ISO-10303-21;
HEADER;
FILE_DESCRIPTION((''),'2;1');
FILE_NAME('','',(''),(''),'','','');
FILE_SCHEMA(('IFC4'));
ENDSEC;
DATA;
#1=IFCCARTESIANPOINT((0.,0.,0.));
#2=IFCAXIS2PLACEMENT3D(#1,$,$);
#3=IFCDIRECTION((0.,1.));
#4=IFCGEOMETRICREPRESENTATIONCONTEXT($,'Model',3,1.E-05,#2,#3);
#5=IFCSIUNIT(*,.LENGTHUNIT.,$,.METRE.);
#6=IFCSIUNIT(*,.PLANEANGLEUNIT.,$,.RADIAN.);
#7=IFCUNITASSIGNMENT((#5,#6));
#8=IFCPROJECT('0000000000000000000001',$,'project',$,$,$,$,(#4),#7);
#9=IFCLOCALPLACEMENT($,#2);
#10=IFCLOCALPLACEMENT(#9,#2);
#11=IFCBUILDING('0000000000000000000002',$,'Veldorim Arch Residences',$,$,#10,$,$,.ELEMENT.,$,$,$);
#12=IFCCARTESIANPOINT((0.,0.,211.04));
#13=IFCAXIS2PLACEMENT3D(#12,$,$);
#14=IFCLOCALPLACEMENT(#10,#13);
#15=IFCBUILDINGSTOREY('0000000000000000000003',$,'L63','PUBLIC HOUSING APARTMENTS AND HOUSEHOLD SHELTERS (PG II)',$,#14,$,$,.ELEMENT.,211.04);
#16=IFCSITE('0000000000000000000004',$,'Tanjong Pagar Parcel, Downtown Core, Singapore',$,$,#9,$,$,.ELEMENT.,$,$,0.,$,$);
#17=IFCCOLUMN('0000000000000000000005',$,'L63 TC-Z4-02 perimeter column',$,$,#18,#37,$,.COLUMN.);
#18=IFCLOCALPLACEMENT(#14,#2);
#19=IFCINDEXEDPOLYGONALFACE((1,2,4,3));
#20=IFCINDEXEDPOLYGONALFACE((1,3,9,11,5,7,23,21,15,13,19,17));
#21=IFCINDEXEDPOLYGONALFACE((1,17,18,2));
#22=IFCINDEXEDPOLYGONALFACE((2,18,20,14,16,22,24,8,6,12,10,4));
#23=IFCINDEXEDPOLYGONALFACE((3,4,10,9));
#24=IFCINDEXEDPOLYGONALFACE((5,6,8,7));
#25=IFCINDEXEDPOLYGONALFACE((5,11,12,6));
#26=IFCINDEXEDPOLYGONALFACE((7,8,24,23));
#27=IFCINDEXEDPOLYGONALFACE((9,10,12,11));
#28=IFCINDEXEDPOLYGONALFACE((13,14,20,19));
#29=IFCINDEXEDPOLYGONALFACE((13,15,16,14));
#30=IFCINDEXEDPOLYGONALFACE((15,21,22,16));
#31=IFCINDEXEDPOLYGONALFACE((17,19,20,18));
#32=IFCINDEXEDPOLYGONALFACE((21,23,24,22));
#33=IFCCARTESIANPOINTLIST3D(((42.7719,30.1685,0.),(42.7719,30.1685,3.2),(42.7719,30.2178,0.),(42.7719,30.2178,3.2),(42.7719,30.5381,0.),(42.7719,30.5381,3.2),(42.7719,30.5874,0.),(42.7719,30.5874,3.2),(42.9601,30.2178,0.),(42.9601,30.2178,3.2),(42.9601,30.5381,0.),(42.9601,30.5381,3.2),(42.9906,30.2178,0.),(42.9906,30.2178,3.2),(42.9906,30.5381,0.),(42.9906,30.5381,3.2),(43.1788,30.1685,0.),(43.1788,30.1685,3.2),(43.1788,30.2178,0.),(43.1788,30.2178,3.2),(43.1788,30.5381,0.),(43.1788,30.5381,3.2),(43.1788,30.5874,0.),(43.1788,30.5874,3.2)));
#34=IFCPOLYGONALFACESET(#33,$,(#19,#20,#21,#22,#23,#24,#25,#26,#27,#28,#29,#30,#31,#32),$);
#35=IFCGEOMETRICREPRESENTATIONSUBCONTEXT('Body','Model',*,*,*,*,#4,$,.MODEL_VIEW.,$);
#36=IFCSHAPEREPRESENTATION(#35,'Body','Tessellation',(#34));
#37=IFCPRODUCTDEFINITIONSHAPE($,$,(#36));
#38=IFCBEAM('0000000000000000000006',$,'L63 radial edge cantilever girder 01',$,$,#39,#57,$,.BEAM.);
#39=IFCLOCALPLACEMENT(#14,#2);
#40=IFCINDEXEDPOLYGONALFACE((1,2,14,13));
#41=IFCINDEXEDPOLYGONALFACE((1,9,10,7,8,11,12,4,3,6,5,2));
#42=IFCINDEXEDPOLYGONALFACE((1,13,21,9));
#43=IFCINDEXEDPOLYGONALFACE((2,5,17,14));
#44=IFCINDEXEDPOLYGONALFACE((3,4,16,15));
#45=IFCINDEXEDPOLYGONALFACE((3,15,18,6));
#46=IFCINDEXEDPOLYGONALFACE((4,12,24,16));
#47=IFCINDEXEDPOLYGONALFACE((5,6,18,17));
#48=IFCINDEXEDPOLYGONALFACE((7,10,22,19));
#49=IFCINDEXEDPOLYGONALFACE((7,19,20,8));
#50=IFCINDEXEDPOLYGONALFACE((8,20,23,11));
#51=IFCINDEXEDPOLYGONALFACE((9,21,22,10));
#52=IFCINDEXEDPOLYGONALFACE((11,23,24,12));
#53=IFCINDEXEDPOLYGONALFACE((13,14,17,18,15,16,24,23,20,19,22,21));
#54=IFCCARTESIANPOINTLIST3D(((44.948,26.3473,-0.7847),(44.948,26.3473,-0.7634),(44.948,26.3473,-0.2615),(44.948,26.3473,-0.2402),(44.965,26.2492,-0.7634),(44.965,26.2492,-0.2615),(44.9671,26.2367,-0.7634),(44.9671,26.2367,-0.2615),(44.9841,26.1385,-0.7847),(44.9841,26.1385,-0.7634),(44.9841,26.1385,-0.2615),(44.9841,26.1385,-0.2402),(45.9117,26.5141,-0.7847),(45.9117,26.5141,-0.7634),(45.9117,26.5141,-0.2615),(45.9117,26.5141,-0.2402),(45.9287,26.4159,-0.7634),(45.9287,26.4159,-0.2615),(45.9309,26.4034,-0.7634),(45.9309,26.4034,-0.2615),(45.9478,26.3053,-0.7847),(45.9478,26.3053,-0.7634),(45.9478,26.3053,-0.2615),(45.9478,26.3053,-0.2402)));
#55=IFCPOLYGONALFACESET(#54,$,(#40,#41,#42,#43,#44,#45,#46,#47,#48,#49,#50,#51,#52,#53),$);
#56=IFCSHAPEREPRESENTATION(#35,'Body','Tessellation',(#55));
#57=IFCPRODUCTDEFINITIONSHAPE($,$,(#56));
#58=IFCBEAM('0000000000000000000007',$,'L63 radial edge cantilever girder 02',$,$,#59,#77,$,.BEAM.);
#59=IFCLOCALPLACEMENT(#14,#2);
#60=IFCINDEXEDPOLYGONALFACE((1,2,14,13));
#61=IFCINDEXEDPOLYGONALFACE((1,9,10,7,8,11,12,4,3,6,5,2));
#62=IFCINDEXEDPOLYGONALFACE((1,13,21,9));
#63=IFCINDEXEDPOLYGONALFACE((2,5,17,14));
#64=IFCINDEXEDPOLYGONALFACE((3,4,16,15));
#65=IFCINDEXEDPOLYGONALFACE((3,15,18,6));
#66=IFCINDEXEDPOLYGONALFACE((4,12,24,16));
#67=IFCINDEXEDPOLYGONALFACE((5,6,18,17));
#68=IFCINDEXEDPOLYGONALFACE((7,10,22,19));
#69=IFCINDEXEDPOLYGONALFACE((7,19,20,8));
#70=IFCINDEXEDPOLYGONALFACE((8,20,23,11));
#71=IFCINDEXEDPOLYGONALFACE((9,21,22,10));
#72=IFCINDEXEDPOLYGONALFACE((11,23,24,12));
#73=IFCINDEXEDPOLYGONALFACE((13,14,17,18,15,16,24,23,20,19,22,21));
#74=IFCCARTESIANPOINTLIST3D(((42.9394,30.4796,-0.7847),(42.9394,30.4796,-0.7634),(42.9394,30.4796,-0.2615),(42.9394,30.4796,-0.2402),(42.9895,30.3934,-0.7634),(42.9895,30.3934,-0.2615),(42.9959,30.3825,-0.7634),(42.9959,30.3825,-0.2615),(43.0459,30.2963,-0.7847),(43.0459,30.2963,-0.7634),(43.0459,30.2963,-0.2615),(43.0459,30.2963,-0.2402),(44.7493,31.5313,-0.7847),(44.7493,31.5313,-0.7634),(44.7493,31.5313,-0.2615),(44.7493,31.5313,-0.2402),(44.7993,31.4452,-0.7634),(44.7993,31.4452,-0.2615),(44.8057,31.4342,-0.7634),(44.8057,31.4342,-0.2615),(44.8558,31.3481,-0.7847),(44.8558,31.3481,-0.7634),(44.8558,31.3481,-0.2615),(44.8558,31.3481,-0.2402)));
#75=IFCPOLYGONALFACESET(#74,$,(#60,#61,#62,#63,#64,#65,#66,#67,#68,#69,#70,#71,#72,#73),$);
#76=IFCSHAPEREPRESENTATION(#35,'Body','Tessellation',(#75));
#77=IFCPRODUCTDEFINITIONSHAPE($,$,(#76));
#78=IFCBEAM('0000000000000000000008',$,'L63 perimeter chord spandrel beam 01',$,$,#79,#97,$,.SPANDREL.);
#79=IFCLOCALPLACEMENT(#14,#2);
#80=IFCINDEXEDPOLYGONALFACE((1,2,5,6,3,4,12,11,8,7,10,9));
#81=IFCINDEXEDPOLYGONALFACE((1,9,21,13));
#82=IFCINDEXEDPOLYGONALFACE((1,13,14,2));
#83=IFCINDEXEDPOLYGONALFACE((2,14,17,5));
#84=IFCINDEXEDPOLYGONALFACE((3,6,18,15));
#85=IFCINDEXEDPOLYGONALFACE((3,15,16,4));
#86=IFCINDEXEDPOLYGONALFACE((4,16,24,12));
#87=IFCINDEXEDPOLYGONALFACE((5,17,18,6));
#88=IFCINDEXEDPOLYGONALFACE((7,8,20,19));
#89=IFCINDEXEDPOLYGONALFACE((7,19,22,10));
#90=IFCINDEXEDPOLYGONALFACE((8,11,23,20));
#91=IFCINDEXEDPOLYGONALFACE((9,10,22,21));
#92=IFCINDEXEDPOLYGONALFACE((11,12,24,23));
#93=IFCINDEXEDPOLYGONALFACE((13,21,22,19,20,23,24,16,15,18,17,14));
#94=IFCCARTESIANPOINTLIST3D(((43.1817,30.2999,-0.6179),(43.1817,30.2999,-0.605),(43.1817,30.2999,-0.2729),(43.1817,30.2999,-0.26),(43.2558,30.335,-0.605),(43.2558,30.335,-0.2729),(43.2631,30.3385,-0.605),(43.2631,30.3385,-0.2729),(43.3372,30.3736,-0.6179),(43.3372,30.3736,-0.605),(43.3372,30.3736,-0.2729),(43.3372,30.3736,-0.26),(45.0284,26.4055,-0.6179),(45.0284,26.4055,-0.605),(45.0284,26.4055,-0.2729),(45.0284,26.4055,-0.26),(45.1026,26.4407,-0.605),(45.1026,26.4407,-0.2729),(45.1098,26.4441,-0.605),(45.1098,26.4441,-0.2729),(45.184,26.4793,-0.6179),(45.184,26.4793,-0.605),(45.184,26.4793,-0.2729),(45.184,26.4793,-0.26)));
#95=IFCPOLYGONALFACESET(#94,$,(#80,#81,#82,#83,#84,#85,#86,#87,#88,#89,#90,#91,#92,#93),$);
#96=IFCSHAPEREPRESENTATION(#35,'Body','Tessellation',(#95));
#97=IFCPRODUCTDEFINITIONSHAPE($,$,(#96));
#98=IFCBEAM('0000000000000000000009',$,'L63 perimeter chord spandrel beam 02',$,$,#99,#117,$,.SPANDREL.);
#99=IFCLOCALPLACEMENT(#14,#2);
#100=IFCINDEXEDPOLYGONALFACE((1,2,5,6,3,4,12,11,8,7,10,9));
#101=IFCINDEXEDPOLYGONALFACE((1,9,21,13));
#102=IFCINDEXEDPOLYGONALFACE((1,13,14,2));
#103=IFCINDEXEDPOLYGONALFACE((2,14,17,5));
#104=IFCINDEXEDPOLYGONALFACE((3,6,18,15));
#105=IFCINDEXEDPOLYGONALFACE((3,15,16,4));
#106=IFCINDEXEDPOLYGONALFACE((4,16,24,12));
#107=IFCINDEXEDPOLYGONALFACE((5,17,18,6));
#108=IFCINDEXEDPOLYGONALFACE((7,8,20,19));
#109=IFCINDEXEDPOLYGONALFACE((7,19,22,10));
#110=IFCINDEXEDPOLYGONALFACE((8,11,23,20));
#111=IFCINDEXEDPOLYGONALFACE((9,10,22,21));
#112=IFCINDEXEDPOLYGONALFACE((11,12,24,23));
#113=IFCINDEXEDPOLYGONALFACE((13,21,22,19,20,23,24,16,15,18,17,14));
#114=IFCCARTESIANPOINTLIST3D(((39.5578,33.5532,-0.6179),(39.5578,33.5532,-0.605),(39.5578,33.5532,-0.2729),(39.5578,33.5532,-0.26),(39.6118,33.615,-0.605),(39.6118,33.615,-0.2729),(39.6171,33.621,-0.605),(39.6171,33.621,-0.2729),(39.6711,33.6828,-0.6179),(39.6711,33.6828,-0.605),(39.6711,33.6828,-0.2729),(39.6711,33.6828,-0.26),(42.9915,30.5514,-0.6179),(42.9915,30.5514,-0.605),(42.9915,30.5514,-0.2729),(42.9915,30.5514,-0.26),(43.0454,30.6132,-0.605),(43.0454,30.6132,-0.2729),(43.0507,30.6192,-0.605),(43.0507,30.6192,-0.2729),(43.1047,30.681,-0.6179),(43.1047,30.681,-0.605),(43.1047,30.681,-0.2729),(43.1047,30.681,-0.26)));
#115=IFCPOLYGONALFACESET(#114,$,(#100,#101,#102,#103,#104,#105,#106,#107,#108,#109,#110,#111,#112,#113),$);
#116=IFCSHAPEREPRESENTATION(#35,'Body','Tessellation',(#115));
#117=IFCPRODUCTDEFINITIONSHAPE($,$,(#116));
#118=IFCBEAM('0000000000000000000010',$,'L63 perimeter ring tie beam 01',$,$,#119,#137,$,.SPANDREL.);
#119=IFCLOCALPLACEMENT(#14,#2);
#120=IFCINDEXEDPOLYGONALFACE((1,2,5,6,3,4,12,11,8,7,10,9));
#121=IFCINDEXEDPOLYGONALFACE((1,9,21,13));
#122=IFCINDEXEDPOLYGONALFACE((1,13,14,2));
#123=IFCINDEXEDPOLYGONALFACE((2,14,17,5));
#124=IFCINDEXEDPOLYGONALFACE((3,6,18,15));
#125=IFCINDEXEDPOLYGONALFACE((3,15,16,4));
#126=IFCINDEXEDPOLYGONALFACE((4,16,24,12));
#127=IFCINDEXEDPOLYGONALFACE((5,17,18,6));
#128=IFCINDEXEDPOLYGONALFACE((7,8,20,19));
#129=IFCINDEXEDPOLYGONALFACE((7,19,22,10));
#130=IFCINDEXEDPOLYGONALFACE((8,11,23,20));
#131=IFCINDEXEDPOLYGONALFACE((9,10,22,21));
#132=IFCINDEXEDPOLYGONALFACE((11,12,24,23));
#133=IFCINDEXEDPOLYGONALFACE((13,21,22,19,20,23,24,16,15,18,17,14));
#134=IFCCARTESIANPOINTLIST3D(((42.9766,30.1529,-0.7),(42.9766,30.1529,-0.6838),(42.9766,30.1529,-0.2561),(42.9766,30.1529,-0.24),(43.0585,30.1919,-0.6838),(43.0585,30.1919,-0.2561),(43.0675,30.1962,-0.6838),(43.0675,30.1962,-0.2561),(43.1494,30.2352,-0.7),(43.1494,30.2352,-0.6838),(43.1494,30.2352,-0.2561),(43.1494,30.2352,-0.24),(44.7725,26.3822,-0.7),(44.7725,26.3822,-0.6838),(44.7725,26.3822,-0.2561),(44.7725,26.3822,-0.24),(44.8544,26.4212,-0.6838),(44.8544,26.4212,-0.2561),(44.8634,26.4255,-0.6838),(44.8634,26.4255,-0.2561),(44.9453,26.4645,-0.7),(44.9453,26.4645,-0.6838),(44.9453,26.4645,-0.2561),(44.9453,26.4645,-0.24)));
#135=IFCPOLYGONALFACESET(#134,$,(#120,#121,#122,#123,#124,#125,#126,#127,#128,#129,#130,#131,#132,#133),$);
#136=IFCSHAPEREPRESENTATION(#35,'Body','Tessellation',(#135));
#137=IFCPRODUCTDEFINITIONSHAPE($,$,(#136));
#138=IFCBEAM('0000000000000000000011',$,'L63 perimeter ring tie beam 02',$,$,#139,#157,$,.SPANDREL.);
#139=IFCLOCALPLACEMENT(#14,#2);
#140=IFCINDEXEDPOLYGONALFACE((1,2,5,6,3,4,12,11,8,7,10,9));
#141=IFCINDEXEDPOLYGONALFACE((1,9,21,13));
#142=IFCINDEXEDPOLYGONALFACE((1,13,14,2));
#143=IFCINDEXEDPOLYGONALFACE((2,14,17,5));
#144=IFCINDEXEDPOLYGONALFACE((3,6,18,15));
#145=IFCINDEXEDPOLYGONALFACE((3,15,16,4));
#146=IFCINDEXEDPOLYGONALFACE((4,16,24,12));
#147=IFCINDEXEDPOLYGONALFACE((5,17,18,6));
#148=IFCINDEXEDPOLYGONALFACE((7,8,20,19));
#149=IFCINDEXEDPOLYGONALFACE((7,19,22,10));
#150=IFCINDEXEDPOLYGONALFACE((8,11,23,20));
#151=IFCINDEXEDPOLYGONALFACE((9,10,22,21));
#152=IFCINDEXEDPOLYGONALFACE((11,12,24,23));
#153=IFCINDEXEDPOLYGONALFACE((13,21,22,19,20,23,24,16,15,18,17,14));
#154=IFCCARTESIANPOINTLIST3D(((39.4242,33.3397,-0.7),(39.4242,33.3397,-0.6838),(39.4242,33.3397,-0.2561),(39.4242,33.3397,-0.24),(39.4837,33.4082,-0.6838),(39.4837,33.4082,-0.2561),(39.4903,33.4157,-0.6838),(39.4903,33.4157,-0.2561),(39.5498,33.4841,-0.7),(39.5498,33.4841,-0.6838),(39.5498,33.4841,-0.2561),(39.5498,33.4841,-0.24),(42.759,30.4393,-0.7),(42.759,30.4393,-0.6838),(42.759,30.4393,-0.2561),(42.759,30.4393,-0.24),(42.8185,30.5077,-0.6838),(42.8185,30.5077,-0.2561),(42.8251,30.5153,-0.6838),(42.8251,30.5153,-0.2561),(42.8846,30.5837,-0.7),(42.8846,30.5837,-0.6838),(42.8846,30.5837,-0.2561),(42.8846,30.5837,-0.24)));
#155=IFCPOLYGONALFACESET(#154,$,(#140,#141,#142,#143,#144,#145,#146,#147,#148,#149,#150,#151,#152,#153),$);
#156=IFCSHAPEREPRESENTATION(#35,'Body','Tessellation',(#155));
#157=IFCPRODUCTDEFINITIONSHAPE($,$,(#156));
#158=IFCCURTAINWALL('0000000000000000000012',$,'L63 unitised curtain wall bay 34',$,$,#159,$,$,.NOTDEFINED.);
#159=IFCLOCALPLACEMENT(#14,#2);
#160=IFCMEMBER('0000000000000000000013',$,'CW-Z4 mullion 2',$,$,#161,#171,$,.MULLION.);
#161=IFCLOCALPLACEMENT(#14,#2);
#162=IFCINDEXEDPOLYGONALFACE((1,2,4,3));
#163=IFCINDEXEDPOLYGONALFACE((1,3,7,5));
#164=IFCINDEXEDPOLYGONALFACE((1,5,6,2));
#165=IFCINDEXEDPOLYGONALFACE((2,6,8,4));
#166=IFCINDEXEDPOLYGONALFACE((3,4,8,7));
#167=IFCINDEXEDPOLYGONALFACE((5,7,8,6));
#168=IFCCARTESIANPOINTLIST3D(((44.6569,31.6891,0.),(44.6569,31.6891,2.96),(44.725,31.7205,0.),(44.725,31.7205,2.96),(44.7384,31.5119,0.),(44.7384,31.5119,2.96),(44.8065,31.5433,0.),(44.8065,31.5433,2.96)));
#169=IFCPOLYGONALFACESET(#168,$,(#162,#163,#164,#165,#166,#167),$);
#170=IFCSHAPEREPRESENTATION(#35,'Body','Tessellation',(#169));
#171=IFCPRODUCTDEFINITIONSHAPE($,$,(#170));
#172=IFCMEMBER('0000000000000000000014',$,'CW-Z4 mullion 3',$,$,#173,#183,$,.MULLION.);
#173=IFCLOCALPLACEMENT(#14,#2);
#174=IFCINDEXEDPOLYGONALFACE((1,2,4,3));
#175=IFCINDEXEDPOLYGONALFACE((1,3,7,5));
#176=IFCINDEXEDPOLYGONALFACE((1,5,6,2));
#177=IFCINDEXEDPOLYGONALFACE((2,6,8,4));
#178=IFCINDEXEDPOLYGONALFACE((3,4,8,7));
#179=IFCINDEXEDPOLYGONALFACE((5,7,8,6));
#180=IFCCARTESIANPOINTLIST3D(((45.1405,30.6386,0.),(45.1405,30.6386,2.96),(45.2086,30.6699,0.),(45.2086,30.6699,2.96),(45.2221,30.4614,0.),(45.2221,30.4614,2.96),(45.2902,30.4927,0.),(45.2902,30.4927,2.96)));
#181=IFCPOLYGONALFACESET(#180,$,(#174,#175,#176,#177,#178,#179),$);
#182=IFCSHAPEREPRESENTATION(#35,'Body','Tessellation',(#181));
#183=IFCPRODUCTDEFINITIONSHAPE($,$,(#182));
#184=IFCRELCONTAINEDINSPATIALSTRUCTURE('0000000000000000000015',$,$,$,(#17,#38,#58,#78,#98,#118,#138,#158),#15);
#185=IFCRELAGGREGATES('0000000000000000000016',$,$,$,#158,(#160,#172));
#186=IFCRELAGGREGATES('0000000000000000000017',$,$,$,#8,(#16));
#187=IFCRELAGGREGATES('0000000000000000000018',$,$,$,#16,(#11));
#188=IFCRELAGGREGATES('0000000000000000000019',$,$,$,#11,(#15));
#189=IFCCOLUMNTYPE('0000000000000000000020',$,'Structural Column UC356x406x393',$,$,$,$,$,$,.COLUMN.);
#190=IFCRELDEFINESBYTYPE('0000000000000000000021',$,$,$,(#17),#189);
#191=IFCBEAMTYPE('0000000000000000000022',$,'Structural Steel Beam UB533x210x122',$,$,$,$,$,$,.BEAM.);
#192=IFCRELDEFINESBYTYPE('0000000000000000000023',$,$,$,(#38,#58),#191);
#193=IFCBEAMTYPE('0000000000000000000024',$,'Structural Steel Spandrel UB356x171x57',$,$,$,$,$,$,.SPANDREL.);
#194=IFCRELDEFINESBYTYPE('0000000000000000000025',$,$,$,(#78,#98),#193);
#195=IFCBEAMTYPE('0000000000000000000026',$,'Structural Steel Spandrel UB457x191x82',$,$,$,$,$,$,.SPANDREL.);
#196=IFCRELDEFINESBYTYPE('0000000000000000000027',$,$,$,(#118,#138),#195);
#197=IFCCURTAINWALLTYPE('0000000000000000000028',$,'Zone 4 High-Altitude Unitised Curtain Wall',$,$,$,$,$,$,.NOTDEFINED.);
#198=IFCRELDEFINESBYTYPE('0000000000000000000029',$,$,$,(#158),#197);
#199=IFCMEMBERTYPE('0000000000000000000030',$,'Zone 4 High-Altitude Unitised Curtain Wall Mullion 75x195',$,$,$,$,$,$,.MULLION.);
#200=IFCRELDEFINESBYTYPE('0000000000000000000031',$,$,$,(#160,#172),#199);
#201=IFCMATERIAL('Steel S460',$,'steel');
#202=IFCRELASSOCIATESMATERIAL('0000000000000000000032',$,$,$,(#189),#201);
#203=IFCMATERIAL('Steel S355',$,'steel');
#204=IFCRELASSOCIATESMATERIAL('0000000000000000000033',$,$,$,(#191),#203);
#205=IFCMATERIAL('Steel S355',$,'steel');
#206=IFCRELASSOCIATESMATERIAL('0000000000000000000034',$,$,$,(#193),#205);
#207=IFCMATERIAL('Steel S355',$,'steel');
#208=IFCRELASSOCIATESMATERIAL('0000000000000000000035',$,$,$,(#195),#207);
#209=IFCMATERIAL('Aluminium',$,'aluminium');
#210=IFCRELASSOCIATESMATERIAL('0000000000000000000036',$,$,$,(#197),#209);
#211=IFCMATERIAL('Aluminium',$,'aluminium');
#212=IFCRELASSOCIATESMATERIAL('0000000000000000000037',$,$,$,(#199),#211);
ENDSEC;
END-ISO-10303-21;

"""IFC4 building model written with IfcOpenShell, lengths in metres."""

from ifc_helpers import new_model, si_unit, direction, frame, origin, origin_2d, place, context, subcontext, project, spatial, rectangle, i_section, extrude, material, material_profile, profile_set, type_object, element, aggregate, save


model = new_model("IFC4")

# Units and contexts
model_context = context("Model", 3, precision=1e-05, world=origin(), true_north=direction((0.0, 1.0)))
body_context = subcontext(model_context, "Body", "Model", "MODEL_VIEW")
ifc_project = project(units=[si_unit("LENGTHUNIT", "METRE"), si_unit("PLANEANGLEUNIT", "RADIAN")], contexts=[model_context])

# Site, building, storey
site_placement = place(None, origin())
site = spatial("IfcSite", under=ifc_project, at=site_placement, Name="Tanjong Pagar Parcel, Downtown Core, Singapore", CompositionType="ELEMENT", RefElevation=0.0)
building_placement = place(site_placement, origin())
building = spatial("IfcBuilding", under=site, at=building_placement, Name="Veldorim Arch Residences", CompositionType="ELEMENT")
storey_placement = place(building_placement, frame((0.0, 0.0, 211.04)))
storey = spatial("IfcBuildingStorey", under=building, at=storey_placement, Name="L63", Description="PUBLIC HOUSING APARTMENTS AND HOUSEHOLD SHELTERS (PG II)", CompositionType="ELEMENT", Elevation=211.04)

# Column
ifc_material_1 = material(Name="Steel S460", Category="steel")
ifc_material_profile_1 = material_profile(ifc_material_1, i_section(OverallWidth=0.407, OverallDepth=0.4189, WebThickness=0.0305, FlangeThickness=0.0493, at=origin_2d()), Name="UC356x406x393")
ifc_profile_set_1 = profile_set([ifc_material_profile_1], Name="Steel S460")
column_type = type_object("IfcColumnType", Name="Structural Column UC356x406x393", PredefinedType="COLUMN", material=ifc_profile_set_1)
column_placement = place(storey_placement, frame((42.9753, 30.3779, 0.0), z_axis=(0.0, 0.0, 1.0), x_axis=(1.0, 0.0, 0.0)))
element("IfcColumn", 1, at=column_placement, inside=storey, type_object=column_type, Name="L63 TC-Z4-02 perimeter column", PredefinedType="COLUMN", context=body_context, shape_type="SweptSolid", body=[
    extrude(i_section(OverallWidth=0.407, OverallDepth=0.4189, WebThickness=0.0305, FlangeThickness=0.0493, at=origin_2d()), origin(), (0.0, 0.0, 1.0), 3.2),
])

# Beams
ifc_material_2 = material(Name="Steel S355", Category="steel")
ifc_material_profile_2 = material_profile(ifc_material_2, i_section(OverallWidth=0.2119, OverallDepth=0.5444, WebThickness=0.0127, FlangeThickness=0.0212, at=origin_2d()), Name="UB533x210x122")
ifc_profile_set_2 = profile_set([ifc_material_profile_2], Name="Steel S355")
beam_type_1 = type_object("IfcBeamType", Name="Structural Steel Beam UB533x210x122", PredefinedType="BEAM", material=ifc_profile_set_2)
beam_1_placement = place(storey_placement, frame((44.9661, 26.2429, -0.5125), z_axis=(0.985356, 0.170509, 0.0), x_axis=(-0.170509, 0.985356, 0.0)))
element("IfcBeam", 2, at=beam_1_placement, inside=storey, type_object=beam_type_1, Name="L63 radial edge cantilever girder 01", PredefinedType="BEAM", context=body_context, shape_type="SweptSolid", body=[
    extrude(i_section(OverallWidth=0.2119, OverallDepth=0.5444, WebThickness=0.0127, FlangeThickness=0.0212, at=origin_2d()), origin(), (0.0, 0.0, 1.0), 0.978),
])
beam_2_placement = place(storey_placement, frame((42.9927, 30.3879, -0.5125), z_axis=(0.864603, 0.502456, 0.0), x_axis=(-0.502456, 0.864603, 0.0)))
element("IfcBeam", 3, at=beam_2_placement, inside=storey, type_object=beam_type_1, Name="L63 radial edge cantilever girder 02", PredefinedType="BEAM", context=body_context, shape_type="SweptSolid", body=[
    extrude(i_section(OverallWidth=0.2119, OverallDepth=0.5444, WebThickness=0.0127, FlangeThickness=0.0212, at=origin_2d()), origin(), (0.0, 0.0, 1.0), 2.0933),
])
ifc_material_3 = material(Name="Steel S355", Category="steel")
ifc_material_profile_3 = material_profile(ifc_material_3, i_section(OverallWidth=0.1721, OverallDepth=0.3579, WebThickness=0.0081, FlangeThickness=0.0129, at=origin_2d()), Name="UB356x171x57")
ifc_profile_set_3 = profile_set([ifc_material_profile_3], Name="Steel S355")
beam_type_2 = type_object("IfcBeamType", Name="Structural Steel Spandrel UB356x171x57", PredefinedType="SPANDREL", material=ifc_profile_set_3)
beam_3_placement = place(storey_placement, frame((45.1062, 26.4424, -0.439), z_axis=(-0.428469, 0.903557, 0.0), x_axis=(-0.903557, -0.428469, 0.0)))
element("IfcBeam", 4, at=beam_3_placement, inside=storey, type_object=beam_type_2, Name="L63 perimeter chord spandrel beam 01", PredefinedType="SPANDREL", context=body_context, shape_type="SweptSolid", body=[
    extrude(i_section(OverallWidth=0.1721, OverallDepth=0.3579, WebThickness=0.0081, FlangeThickness=0.0129, at=origin_2d()), origin(), (0.0, 0.0, 1.0), 4.3101),
])
beam_4_placement = place(storey_placement, frame((43.0481, 30.6162, -0.439), z_axis=(-0.752868, 0.658171, 0.0), x_axis=(-0.658171, -0.752868, 0.0)))
element("IfcBeam", 5, at=beam_4_placement, inside=storey, type_object=beam_type_2, Name="L63 perimeter chord spandrel beam 02", PredefinedType="SPANDREL", context=body_context, shape_type="SweptSolid", body=[
    extrude(i_section(OverallWidth=0.1721, OverallDepth=0.3579, WebThickness=0.0081, FlangeThickness=0.0129, at=origin_2d()), origin(), (0.0, 0.0, 1.0), 4.5608),
])
ifc_material_4 = material(Name="Steel S355", Category="steel")
ifc_material_profile_4 = material_profile(ifc_material_4, i_section(OverallWidth=0.1914, OverallDepth=0.46, WebThickness=0.01, FlangeThickness=0.0161, at=origin_2d()), Name="UB457x191x82")
ifc_profile_set_4 = profile_set([ifc_material_profile_4], Name="Steel S355")
beam_type_3 = type_object("IfcBeamType", Name="Structural Steel Spandrel UB457x191x82", PredefinedType="SPANDREL", material=ifc_profile_set_4)
beam_5_placement = place(storey_placement, frame((44.8589, 26.4233, -0.47), z_axis=(-0.429993, 0.902832, 0.0), x_axis=(-0.902832, -0.429993, 0.0)))
element("IfcBeam", 6, at=beam_5_placement, inside=storey, type_object=beam_type_3, Name="L63 perimeter ring tie beam 01", PredefinedType="SPANDREL", context=body_context, shape_type="SweptSolid", body=[
    extrude(i_section(OverallWidth=0.1914, OverallDepth=0.46, WebThickness=0.01, FlangeThickness=0.0161, at=origin_2d()), origin(), (0.0, 0.0, 1.0), 4.1765),
])
beam_6_placement = place(storey_placement, frame((42.8218, 30.5115, -0.47), z_axis=(-0.754534, 0.656261, 0.0), x_axis=(-0.656261, -0.754534, 0.0)))
element("IfcBeam", 7, at=beam_6_placement, inside=storey, type_object=beam_type_3, Name="L63 perimeter ring tie beam 02", PredefinedType="SPANDREL", context=body_context, shape_type="SweptSolid", body=[
    extrude(i_section(OverallWidth=0.1914, OverallDepth=0.46, WebThickness=0.01, FlangeThickness=0.0161, at=origin_2d()), origin(), (0.0, 0.0, 1.0), 4.4197),
])

# Curtain wall, members
ifc_material_5 = material(Name="Aluminium", Category="aluminium")
curtain_wall_type = type_object("IfcCurtainWallType", Name="Zone 4 High-Altitude Unitised Curtain Wall", PredefinedType="NOTDEFINED", material=ifc_material_5)
curtain_wall_placement = place(storey_placement, origin())
curtain_wall = element("IfcCurtainWall", 8, at=curtain_wall_placement, inside=storey, type_object=curtain_wall_type, Name="L63 unitised curtain wall bay 34", PredefinedType="NOTDEFINED")
ifc_material_6 = material(Name="Aluminium", Category="aluminium")
ifc_material_profile_5 = material_profile(ifc_material_6, rectangle(XDim=0.075, YDim=0.1951, at=origin_2d()), Name="ALU_MUL_75x195")
ifc_profile_set_5 = profile_set([ifc_material_profile_5], Name="Aluminium")
member_type_1 = type_object("IfcMemberType", Name="Zone 4 High-Altitude Unitised Curtain Wall Mullion 75x195", PredefinedType="MULLION", material=ifc_profile_set_5)
member_1_placement = place(storey_placement, frame((44.7317, 31.6162, 0.0), z_axis=(0.0, 0.0, 1.0), x_axis=(0.9084, 0.418102, 0.0)))
member_1 = element("IfcMember", 9, at=member_1_placement, type_object=member_type_1, Name="CW-Z4 mullion 2", PredefinedType="MULLION", context=body_context, shape_type="SweptSolid", body=[
    extrude(rectangle(XDim=0.075, YDim=0.1951, at=origin_2d()), origin(), (0.0, 0.0, 1.0), 2.96),
])
member_2_placement = place(storey_placement, frame((45.2153, 30.5657, 0.0), z_axis=(0.0, 0.0, 1.0), x_axis=(0.9084, 0.418102, 0.0)))
member_2 = element("IfcMember", 10, at=member_2_placement, type_object=member_type_1, Name="CW-Z4 mullion 3", PredefinedType="MULLION", context=body_context, shape_type="SweptSolid", body=[
    extrude(rectangle(XDim=0.075, YDim=0.1951, at=origin_2d()), origin(), (0.0, 0.0, 1.0), 2.96),
])
aggregate(curtain_wall, [member_1, member_2])

save(model, "model.ifc")
